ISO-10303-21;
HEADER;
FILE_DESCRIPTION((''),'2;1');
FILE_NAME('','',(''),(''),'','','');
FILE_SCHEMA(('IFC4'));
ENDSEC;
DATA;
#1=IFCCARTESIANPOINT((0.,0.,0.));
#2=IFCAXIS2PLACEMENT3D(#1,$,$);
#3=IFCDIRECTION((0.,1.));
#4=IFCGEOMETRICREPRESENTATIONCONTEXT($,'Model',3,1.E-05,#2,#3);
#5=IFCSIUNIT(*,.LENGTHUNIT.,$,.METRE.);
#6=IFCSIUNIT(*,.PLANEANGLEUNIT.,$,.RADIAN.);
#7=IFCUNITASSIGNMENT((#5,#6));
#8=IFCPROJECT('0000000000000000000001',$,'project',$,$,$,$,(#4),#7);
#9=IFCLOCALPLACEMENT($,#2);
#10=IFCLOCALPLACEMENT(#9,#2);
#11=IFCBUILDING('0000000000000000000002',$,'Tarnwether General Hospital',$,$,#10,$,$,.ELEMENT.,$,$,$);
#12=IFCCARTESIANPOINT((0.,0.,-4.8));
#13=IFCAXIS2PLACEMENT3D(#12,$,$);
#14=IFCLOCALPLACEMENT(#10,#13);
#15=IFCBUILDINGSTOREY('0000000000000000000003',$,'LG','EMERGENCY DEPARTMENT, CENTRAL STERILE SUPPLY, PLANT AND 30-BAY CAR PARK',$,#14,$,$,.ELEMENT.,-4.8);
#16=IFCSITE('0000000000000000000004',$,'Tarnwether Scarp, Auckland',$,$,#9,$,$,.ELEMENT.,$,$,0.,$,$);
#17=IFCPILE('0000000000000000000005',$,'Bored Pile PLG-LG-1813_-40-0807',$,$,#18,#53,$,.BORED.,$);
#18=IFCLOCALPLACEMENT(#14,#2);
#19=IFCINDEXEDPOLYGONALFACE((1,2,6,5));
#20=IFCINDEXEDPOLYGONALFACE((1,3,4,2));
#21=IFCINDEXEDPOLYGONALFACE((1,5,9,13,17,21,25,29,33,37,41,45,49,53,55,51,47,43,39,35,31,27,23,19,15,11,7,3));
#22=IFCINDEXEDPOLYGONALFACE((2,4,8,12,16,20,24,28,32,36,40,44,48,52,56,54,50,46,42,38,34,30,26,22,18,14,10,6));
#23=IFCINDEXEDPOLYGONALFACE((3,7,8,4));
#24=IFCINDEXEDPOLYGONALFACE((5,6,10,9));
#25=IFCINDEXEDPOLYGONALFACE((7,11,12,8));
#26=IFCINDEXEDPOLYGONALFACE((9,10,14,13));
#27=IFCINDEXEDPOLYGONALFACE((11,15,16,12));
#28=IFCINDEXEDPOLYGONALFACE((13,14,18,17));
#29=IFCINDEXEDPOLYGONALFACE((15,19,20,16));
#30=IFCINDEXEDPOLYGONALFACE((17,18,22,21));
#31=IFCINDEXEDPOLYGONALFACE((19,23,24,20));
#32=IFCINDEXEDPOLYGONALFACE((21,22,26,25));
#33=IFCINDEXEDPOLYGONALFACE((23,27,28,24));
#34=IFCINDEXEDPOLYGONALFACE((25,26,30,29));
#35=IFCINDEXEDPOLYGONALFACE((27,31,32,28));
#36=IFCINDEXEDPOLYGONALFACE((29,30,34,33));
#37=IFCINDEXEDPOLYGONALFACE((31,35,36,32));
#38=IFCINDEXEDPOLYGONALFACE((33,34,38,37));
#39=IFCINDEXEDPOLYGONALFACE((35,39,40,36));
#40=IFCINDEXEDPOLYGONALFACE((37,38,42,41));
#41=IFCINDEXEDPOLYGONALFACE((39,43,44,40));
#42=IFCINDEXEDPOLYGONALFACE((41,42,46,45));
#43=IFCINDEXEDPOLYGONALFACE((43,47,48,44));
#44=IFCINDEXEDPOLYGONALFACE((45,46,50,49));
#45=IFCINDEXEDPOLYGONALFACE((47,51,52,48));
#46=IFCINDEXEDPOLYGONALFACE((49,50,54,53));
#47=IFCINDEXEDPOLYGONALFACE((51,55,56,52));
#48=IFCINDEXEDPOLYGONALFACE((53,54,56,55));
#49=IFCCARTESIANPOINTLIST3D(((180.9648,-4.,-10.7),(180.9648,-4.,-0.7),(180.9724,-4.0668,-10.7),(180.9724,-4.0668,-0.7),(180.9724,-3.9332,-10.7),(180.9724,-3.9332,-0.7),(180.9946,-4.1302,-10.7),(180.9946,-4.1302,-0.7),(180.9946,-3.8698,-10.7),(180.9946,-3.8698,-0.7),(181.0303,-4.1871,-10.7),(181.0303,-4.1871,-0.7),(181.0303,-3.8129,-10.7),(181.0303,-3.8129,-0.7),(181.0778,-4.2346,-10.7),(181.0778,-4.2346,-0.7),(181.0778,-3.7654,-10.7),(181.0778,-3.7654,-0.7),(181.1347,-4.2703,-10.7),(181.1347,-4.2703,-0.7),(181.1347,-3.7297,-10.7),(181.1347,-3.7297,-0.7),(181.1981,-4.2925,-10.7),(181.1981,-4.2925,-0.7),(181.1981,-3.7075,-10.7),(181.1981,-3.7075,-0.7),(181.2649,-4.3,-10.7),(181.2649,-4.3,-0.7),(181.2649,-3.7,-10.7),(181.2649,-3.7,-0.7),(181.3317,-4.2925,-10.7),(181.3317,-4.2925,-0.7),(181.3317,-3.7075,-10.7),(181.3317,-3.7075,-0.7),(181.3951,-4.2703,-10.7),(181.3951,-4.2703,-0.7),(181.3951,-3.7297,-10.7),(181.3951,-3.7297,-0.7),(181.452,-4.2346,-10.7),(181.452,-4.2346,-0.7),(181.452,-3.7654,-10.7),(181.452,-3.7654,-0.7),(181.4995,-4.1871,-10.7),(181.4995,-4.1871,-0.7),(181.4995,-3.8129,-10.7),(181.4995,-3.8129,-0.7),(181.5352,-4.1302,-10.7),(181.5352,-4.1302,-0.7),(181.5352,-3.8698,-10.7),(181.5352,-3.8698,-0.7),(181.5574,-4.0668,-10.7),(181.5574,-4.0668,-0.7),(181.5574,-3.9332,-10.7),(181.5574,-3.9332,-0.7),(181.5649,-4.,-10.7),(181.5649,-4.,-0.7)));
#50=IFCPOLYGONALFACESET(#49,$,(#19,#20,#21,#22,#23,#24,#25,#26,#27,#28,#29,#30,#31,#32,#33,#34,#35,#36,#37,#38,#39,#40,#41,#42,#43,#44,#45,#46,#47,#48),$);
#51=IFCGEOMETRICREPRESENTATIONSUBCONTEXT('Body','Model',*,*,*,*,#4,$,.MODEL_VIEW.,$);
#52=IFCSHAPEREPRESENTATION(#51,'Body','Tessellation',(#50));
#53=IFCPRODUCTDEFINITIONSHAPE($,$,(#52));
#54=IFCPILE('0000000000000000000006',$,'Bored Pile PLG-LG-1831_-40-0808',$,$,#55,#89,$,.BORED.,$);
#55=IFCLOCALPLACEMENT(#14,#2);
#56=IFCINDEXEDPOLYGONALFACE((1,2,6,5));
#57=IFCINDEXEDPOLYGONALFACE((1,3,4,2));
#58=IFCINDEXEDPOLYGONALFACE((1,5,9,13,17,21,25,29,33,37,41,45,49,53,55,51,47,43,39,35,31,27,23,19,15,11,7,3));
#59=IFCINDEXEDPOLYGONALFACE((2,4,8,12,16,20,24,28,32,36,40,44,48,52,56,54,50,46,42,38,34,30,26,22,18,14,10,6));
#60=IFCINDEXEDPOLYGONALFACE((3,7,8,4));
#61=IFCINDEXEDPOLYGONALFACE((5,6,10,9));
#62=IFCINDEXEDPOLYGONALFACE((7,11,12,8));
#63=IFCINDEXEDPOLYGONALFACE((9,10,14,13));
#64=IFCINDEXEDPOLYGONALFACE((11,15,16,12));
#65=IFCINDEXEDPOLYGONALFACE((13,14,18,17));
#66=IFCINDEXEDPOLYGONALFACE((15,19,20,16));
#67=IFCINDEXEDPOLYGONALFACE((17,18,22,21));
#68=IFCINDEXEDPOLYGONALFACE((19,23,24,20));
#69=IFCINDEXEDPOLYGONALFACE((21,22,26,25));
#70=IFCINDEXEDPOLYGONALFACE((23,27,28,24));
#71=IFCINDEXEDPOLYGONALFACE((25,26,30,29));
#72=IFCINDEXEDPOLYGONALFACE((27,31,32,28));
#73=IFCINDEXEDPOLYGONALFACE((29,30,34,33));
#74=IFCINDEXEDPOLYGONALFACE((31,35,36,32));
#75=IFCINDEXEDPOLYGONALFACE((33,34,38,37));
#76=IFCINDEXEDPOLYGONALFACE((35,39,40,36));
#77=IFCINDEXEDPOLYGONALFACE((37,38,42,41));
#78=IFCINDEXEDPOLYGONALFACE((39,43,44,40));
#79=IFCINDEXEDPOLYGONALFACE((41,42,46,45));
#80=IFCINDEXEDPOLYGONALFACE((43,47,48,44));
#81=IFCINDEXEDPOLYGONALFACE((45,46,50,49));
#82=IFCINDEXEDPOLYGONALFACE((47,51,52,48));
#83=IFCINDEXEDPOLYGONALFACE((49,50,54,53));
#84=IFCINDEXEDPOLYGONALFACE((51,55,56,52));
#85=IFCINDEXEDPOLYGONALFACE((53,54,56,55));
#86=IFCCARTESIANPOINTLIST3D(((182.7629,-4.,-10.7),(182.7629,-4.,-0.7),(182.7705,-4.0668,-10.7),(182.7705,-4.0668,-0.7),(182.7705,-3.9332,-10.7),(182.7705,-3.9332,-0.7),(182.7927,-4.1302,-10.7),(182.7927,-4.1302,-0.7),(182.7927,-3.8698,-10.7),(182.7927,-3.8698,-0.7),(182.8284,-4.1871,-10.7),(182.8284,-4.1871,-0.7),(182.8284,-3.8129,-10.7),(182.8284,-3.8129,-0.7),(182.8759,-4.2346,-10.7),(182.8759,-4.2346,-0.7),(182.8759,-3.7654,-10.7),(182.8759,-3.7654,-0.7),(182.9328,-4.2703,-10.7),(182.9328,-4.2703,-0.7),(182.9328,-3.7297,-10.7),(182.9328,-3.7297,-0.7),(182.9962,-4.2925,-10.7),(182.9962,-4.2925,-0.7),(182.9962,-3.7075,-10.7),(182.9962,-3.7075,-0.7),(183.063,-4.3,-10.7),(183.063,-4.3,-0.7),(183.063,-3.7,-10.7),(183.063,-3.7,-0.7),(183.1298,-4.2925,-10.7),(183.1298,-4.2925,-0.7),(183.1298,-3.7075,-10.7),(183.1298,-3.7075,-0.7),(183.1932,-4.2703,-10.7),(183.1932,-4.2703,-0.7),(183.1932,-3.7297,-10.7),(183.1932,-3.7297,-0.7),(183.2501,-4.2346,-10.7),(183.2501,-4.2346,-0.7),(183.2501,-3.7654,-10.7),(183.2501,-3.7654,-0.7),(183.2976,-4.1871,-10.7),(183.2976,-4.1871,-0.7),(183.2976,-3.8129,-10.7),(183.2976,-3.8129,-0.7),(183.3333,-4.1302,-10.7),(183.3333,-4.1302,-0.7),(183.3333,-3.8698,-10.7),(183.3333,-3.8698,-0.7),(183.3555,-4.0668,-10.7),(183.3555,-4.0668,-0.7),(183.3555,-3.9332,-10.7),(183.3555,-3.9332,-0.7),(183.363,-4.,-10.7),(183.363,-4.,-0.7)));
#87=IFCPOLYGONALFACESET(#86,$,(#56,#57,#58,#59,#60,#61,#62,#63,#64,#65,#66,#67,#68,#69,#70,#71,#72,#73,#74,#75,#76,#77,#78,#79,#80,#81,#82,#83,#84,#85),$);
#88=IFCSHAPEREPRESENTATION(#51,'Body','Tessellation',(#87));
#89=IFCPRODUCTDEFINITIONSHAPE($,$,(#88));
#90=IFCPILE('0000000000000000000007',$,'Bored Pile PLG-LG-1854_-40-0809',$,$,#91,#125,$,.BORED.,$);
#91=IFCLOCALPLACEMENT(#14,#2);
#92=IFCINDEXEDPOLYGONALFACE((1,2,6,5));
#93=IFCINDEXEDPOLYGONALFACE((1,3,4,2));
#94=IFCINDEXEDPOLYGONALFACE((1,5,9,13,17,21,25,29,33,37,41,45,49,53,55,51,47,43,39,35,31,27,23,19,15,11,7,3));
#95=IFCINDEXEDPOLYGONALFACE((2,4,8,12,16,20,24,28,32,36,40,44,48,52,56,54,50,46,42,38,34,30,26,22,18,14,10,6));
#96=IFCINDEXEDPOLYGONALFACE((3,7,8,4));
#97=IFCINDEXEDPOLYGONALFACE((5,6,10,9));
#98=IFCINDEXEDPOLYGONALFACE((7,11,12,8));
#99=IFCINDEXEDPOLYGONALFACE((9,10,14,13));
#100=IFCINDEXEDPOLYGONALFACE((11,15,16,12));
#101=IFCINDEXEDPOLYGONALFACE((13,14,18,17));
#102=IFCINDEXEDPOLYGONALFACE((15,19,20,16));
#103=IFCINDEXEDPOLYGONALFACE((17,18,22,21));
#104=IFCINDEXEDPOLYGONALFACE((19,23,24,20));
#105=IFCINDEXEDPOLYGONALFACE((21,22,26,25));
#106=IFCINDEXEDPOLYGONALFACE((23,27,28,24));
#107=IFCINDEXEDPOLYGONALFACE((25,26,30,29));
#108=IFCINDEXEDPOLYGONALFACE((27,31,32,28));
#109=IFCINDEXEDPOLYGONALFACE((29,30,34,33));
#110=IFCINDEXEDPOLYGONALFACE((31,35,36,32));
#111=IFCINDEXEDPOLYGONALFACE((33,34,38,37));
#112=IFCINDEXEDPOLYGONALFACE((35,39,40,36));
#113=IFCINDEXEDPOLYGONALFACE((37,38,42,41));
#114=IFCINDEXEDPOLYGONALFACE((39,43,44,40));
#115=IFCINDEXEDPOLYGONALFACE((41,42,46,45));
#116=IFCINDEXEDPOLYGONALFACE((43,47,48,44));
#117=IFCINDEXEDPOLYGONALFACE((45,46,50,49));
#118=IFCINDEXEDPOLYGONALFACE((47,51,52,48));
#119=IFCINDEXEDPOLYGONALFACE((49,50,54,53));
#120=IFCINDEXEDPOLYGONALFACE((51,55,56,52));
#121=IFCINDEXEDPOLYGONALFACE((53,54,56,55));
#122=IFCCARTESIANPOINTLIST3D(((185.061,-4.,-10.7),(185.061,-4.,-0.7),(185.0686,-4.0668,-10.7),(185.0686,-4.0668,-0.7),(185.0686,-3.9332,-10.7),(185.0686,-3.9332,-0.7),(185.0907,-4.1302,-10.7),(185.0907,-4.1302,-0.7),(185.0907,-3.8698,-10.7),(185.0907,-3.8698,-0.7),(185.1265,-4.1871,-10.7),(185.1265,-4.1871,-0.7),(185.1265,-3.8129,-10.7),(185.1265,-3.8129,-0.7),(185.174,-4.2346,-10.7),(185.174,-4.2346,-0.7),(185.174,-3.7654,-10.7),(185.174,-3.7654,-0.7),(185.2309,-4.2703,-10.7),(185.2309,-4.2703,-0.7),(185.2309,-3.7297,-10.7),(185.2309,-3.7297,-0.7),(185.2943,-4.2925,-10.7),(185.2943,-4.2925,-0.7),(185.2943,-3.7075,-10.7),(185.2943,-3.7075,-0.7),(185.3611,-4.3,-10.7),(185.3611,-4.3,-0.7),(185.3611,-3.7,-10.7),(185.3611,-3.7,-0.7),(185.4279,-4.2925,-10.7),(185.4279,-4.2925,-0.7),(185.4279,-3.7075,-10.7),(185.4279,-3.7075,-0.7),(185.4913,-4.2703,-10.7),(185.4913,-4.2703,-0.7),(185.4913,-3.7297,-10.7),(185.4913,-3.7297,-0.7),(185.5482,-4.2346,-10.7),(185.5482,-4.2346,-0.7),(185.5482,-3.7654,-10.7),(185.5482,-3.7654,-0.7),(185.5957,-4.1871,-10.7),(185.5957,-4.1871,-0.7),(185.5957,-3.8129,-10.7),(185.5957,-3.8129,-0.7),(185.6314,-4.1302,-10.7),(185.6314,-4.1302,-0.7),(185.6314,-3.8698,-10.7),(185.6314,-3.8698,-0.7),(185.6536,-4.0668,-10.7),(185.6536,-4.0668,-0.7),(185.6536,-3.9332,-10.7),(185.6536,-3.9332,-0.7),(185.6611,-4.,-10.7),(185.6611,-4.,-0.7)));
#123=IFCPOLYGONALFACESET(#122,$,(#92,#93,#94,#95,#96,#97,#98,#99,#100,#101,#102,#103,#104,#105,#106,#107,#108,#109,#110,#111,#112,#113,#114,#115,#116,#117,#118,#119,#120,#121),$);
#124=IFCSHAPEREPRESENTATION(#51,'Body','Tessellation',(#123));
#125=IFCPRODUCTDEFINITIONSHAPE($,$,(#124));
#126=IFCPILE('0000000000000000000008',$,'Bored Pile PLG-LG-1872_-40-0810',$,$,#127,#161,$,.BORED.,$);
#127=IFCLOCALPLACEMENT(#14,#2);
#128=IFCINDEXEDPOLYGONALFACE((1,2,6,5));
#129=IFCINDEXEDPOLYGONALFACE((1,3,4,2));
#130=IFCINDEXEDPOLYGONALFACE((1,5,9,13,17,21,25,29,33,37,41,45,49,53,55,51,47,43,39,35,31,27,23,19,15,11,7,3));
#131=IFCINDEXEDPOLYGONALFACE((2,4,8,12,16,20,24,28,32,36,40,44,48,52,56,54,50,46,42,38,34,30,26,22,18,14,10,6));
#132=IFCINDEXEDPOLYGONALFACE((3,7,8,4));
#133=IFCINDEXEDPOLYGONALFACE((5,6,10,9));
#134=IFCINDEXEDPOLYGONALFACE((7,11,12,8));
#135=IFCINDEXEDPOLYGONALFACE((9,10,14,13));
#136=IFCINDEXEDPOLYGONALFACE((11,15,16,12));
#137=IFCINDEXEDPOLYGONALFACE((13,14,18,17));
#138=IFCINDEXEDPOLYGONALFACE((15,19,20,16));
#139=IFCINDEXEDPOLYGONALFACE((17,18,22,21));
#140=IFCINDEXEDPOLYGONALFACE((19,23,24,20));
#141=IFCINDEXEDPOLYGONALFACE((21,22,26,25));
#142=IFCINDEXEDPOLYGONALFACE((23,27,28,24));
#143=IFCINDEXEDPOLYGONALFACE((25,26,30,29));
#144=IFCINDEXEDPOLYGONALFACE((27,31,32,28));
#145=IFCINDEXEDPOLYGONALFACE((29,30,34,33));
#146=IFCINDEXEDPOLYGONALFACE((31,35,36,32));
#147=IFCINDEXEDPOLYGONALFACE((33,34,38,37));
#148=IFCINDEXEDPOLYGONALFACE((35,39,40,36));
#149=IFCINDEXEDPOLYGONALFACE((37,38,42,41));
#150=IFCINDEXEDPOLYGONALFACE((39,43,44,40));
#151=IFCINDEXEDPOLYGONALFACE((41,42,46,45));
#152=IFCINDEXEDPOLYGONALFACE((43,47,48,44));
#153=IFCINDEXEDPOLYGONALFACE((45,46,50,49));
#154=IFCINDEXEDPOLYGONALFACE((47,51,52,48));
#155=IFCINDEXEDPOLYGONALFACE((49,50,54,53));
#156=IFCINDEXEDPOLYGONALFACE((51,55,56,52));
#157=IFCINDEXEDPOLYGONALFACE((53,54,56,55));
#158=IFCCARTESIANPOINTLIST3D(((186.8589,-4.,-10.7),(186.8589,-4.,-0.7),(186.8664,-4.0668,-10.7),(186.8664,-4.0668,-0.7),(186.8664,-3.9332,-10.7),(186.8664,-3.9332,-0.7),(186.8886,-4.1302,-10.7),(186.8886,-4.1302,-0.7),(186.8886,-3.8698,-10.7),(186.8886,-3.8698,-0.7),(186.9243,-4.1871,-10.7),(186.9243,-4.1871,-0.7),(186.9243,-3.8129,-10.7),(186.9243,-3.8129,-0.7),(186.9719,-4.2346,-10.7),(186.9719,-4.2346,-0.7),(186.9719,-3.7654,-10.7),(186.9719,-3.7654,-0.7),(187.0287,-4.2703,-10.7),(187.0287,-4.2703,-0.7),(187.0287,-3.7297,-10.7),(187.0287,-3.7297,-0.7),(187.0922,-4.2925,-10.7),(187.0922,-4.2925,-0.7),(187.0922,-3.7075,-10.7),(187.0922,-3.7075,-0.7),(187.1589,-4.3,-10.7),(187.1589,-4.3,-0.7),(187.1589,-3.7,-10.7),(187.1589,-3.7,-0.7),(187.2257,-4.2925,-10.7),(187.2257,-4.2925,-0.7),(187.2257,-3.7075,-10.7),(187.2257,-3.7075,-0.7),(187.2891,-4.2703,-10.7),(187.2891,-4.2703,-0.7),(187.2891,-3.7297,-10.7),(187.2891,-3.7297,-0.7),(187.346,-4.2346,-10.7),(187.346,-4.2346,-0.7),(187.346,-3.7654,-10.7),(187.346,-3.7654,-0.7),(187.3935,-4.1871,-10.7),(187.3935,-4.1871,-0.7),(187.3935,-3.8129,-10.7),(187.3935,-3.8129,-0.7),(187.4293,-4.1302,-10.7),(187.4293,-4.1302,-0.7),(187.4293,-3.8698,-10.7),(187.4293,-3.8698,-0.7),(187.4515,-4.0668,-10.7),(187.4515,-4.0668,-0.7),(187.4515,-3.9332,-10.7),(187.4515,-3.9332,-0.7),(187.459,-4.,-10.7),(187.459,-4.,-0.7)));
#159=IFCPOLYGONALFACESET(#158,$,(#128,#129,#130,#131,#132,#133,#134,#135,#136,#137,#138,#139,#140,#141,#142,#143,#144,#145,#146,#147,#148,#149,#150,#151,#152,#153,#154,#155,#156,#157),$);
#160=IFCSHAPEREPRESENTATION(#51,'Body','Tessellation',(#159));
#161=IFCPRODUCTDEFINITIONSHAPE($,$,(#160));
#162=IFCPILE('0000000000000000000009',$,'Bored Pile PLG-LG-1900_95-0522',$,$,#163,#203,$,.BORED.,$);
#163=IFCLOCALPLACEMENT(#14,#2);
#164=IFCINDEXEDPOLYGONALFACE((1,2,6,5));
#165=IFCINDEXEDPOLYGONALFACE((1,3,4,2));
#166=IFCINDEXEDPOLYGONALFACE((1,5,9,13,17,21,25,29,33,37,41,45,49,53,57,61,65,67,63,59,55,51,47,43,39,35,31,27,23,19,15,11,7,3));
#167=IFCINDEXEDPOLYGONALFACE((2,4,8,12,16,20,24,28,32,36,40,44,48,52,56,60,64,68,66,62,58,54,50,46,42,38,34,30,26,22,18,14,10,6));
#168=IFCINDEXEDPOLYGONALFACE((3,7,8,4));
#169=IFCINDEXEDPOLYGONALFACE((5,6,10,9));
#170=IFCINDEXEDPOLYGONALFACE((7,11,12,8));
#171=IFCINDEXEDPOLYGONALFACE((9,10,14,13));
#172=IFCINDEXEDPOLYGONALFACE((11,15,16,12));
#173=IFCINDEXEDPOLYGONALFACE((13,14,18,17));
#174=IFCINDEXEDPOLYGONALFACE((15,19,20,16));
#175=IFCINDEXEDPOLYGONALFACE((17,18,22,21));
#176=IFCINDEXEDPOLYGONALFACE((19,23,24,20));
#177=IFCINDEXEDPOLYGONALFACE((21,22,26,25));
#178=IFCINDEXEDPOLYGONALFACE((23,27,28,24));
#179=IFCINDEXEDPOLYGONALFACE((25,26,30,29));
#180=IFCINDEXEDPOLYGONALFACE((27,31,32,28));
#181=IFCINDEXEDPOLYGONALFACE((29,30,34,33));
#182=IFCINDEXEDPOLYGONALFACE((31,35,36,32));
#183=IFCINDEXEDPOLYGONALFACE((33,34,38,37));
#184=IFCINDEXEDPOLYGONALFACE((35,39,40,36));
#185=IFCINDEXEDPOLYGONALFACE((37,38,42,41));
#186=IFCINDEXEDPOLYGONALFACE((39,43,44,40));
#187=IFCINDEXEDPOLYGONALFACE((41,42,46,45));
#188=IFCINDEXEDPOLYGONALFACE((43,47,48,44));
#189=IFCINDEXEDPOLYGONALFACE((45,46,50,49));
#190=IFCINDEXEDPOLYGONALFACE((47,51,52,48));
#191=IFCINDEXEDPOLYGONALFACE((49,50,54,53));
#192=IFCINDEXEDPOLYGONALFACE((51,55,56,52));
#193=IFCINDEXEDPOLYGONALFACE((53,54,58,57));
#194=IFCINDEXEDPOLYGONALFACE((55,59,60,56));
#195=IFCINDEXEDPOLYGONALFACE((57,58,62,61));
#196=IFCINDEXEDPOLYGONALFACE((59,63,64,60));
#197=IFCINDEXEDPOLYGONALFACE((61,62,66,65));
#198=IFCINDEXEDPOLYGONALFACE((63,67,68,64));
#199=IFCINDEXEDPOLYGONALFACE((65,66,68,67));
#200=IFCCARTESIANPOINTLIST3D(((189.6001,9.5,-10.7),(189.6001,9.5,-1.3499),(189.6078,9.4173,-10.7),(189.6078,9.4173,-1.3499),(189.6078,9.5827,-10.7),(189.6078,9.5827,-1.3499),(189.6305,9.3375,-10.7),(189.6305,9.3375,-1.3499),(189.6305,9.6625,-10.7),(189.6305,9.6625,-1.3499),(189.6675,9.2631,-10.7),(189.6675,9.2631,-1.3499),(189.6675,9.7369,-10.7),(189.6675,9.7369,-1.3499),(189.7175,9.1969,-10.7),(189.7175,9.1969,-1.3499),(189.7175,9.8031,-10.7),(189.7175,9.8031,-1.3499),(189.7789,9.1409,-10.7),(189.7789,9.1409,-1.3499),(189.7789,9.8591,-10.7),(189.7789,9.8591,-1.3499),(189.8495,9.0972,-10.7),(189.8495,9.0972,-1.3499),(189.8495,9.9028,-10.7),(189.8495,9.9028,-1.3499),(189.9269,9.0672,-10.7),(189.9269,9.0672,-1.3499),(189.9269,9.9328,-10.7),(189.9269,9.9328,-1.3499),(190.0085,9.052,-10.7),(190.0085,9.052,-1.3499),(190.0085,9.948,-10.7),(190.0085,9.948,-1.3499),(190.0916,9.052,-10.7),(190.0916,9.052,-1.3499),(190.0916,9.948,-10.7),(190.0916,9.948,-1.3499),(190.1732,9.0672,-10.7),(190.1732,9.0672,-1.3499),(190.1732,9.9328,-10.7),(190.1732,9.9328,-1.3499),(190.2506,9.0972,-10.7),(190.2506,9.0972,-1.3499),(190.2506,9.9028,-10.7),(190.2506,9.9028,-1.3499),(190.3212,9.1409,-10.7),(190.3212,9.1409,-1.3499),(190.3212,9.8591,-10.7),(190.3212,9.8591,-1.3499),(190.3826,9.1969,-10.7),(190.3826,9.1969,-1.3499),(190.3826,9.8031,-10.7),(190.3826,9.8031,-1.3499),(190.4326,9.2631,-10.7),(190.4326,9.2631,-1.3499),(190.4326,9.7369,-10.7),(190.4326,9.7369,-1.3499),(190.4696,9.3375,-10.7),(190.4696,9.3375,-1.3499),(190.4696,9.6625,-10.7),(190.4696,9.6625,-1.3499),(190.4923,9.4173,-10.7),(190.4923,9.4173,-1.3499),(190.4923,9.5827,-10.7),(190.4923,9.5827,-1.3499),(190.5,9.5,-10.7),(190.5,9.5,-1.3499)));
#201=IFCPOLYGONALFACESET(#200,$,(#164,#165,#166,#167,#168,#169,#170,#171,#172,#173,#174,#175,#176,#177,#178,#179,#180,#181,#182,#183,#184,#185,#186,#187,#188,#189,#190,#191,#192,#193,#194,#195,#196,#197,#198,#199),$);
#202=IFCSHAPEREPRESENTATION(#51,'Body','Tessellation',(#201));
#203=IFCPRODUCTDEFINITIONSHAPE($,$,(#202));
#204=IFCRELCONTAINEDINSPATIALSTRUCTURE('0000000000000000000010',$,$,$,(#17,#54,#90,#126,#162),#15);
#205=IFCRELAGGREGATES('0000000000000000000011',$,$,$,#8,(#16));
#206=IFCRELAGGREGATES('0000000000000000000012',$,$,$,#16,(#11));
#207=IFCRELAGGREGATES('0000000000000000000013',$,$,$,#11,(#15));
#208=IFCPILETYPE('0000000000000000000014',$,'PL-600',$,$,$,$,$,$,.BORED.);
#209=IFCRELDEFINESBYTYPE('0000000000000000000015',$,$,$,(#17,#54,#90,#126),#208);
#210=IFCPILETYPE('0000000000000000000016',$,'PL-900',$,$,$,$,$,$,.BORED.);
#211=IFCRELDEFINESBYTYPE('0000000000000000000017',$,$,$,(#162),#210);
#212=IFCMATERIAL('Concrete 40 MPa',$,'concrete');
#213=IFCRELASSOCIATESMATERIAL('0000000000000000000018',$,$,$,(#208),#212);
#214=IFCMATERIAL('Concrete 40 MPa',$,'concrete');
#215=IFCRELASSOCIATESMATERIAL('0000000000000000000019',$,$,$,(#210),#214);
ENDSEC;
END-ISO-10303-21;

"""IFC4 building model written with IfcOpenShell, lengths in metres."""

from ifc_helpers import new_model, si_unit, direction, frame, origin, origin_2d, place, context, subcontext, project, spatial, circle, extrude, material, material_profile, profile_set, type_object, element, save


model = new_model("IFC4")

# Units and contexts
model_context = context("Model", 3, precision=1e-05, world=origin(), true_north=direction((0.0, 1.0)))
body_context = subcontext(model_context, "Body", "Model", "MODEL_VIEW")
ifc_project = project(units=[si_unit("LENGTHUNIT", "METRE"), si_unit("PLANEANGLEUNIT", "RADIAN")], contexts=[model_context])

# Site, building, storey
site_placement = place(None, origin())
site = spatial("IfcSite", under=ifc_project, at=site_placement, Name="Tarnwether Scarp, Auckland", CompositionType="ELEMENT", RefElevation=0.0)
building_placement = place(site_placement, origin())
building = spatial("IfcBuilding", under=site, at=building_placement, Name="Tarnwether General Hospital", CompositionType="ELEMENT")
storey_placement = place(building_placement, frame((0.0, 0.0, -4.8)))
storey = spatial("IfcBuildingStorey", under=building, at=storey_placement, Name="LG", Description="EMERGENCY DEPARTMENT, CENTRAL STERILE SUPPLY, PLANT AND 30-BAY CAR PARK", CompositionType="ELEMENT", Elevation=-4.8)

# Piles
ifc_material_1 = material(Name="Concrete 40 MPa", Category="concrete")
ifc_material_profile_1 = material_profile(ifc_material_1, circle(Radius=0.3, at=origin_2d()), Name="PILE-D600")
ifc_profile_set_1 = profile_set([ifc_material_profile_1], Name="Concrete 40 MPa")
pile_type_1 = type_object("IfcPileType", Name="PL-600", PredefinedType="BORED", material=ifc_profile_set_1)
for number, where, z_axis, x_axis, name in (
    (1, (181.2649, -4.0, -0.7), (0.0, 0.0, -1.0), (1.0, 0.0, 0.0), "Bored Pile PLG-LG-1813_-40-0807"),
    (2, (183.063, -4.0, -0.7), (0.0, 0.0, -1.0), (1.0, 0.0, 0.0), "Bored Pile PLG-LG-1831_-40-0808"),
    (3, (185.3611, -4.0, -0.7), (0.0, 0.0, -1.0), (1.0, 0.0, 0.0), "Bored Pile PLG-LG-1854_-40-0809"),
    (4, (187.1589, -4.0, -0.7), (0.0, 0.0, -1.0), (1.0, 0.0, 0.0), "Bored Pile PLG-LG-1872_-40-0810"),
):
    element("IfcPile", number, at=place(storey_placement, frame(where, z_axis=z_axis, x_axis=x_axis)), inside=storey, type_object=pile_type_1, Name=name, PredefinedType="BORED", context=body_context, shape_type="SweptSolid", body=[
        extrude(circle(Radius=0.3, at=origin_2d()), origin(), (0.0, 0.0, 1.0), 10.0),
    ])
ifc_material_2 = material(Name="Concrete 40 MPa", Category="concrete")
ifc_material_profile_2 = material_profile(ifc_material_2, circle(Radius=0.45, at=origin_2d()), Name="PILE-D900")
ifc_profile_set_2 = profile_set([ifc_material_profile_2], Name="Concrete 40 MPa")
pile_type_2 = type_object("IfcPileType", Name="PL-900", PredefinedType="BORED", material=ifc_profile_set_2)
for number, where, z_axis, x_axis, name in (
    (5, (190.05, 9.5, -1.3499), (0.0, 0.0, -1.0), (1.0, 0.0, 0.0), "Bored Pile PLG-LG-1900_95-0522"),
):
    element("IfcPile", number, at=place(storey_placement, frame(where, z_axis=z_axis, x_axis=x_axis)), inside=storey, type_object=pile_type_2, Name=name, PredefinedType="BORED", context=body_context, shape_type="SweptSolid", body=[
        extrude(circle(Radius=0.45, at=origin_2d()), origin(), (0.0, 0.0, 1.0), 9.3501),
    ])

save(model, "model.ifc")
